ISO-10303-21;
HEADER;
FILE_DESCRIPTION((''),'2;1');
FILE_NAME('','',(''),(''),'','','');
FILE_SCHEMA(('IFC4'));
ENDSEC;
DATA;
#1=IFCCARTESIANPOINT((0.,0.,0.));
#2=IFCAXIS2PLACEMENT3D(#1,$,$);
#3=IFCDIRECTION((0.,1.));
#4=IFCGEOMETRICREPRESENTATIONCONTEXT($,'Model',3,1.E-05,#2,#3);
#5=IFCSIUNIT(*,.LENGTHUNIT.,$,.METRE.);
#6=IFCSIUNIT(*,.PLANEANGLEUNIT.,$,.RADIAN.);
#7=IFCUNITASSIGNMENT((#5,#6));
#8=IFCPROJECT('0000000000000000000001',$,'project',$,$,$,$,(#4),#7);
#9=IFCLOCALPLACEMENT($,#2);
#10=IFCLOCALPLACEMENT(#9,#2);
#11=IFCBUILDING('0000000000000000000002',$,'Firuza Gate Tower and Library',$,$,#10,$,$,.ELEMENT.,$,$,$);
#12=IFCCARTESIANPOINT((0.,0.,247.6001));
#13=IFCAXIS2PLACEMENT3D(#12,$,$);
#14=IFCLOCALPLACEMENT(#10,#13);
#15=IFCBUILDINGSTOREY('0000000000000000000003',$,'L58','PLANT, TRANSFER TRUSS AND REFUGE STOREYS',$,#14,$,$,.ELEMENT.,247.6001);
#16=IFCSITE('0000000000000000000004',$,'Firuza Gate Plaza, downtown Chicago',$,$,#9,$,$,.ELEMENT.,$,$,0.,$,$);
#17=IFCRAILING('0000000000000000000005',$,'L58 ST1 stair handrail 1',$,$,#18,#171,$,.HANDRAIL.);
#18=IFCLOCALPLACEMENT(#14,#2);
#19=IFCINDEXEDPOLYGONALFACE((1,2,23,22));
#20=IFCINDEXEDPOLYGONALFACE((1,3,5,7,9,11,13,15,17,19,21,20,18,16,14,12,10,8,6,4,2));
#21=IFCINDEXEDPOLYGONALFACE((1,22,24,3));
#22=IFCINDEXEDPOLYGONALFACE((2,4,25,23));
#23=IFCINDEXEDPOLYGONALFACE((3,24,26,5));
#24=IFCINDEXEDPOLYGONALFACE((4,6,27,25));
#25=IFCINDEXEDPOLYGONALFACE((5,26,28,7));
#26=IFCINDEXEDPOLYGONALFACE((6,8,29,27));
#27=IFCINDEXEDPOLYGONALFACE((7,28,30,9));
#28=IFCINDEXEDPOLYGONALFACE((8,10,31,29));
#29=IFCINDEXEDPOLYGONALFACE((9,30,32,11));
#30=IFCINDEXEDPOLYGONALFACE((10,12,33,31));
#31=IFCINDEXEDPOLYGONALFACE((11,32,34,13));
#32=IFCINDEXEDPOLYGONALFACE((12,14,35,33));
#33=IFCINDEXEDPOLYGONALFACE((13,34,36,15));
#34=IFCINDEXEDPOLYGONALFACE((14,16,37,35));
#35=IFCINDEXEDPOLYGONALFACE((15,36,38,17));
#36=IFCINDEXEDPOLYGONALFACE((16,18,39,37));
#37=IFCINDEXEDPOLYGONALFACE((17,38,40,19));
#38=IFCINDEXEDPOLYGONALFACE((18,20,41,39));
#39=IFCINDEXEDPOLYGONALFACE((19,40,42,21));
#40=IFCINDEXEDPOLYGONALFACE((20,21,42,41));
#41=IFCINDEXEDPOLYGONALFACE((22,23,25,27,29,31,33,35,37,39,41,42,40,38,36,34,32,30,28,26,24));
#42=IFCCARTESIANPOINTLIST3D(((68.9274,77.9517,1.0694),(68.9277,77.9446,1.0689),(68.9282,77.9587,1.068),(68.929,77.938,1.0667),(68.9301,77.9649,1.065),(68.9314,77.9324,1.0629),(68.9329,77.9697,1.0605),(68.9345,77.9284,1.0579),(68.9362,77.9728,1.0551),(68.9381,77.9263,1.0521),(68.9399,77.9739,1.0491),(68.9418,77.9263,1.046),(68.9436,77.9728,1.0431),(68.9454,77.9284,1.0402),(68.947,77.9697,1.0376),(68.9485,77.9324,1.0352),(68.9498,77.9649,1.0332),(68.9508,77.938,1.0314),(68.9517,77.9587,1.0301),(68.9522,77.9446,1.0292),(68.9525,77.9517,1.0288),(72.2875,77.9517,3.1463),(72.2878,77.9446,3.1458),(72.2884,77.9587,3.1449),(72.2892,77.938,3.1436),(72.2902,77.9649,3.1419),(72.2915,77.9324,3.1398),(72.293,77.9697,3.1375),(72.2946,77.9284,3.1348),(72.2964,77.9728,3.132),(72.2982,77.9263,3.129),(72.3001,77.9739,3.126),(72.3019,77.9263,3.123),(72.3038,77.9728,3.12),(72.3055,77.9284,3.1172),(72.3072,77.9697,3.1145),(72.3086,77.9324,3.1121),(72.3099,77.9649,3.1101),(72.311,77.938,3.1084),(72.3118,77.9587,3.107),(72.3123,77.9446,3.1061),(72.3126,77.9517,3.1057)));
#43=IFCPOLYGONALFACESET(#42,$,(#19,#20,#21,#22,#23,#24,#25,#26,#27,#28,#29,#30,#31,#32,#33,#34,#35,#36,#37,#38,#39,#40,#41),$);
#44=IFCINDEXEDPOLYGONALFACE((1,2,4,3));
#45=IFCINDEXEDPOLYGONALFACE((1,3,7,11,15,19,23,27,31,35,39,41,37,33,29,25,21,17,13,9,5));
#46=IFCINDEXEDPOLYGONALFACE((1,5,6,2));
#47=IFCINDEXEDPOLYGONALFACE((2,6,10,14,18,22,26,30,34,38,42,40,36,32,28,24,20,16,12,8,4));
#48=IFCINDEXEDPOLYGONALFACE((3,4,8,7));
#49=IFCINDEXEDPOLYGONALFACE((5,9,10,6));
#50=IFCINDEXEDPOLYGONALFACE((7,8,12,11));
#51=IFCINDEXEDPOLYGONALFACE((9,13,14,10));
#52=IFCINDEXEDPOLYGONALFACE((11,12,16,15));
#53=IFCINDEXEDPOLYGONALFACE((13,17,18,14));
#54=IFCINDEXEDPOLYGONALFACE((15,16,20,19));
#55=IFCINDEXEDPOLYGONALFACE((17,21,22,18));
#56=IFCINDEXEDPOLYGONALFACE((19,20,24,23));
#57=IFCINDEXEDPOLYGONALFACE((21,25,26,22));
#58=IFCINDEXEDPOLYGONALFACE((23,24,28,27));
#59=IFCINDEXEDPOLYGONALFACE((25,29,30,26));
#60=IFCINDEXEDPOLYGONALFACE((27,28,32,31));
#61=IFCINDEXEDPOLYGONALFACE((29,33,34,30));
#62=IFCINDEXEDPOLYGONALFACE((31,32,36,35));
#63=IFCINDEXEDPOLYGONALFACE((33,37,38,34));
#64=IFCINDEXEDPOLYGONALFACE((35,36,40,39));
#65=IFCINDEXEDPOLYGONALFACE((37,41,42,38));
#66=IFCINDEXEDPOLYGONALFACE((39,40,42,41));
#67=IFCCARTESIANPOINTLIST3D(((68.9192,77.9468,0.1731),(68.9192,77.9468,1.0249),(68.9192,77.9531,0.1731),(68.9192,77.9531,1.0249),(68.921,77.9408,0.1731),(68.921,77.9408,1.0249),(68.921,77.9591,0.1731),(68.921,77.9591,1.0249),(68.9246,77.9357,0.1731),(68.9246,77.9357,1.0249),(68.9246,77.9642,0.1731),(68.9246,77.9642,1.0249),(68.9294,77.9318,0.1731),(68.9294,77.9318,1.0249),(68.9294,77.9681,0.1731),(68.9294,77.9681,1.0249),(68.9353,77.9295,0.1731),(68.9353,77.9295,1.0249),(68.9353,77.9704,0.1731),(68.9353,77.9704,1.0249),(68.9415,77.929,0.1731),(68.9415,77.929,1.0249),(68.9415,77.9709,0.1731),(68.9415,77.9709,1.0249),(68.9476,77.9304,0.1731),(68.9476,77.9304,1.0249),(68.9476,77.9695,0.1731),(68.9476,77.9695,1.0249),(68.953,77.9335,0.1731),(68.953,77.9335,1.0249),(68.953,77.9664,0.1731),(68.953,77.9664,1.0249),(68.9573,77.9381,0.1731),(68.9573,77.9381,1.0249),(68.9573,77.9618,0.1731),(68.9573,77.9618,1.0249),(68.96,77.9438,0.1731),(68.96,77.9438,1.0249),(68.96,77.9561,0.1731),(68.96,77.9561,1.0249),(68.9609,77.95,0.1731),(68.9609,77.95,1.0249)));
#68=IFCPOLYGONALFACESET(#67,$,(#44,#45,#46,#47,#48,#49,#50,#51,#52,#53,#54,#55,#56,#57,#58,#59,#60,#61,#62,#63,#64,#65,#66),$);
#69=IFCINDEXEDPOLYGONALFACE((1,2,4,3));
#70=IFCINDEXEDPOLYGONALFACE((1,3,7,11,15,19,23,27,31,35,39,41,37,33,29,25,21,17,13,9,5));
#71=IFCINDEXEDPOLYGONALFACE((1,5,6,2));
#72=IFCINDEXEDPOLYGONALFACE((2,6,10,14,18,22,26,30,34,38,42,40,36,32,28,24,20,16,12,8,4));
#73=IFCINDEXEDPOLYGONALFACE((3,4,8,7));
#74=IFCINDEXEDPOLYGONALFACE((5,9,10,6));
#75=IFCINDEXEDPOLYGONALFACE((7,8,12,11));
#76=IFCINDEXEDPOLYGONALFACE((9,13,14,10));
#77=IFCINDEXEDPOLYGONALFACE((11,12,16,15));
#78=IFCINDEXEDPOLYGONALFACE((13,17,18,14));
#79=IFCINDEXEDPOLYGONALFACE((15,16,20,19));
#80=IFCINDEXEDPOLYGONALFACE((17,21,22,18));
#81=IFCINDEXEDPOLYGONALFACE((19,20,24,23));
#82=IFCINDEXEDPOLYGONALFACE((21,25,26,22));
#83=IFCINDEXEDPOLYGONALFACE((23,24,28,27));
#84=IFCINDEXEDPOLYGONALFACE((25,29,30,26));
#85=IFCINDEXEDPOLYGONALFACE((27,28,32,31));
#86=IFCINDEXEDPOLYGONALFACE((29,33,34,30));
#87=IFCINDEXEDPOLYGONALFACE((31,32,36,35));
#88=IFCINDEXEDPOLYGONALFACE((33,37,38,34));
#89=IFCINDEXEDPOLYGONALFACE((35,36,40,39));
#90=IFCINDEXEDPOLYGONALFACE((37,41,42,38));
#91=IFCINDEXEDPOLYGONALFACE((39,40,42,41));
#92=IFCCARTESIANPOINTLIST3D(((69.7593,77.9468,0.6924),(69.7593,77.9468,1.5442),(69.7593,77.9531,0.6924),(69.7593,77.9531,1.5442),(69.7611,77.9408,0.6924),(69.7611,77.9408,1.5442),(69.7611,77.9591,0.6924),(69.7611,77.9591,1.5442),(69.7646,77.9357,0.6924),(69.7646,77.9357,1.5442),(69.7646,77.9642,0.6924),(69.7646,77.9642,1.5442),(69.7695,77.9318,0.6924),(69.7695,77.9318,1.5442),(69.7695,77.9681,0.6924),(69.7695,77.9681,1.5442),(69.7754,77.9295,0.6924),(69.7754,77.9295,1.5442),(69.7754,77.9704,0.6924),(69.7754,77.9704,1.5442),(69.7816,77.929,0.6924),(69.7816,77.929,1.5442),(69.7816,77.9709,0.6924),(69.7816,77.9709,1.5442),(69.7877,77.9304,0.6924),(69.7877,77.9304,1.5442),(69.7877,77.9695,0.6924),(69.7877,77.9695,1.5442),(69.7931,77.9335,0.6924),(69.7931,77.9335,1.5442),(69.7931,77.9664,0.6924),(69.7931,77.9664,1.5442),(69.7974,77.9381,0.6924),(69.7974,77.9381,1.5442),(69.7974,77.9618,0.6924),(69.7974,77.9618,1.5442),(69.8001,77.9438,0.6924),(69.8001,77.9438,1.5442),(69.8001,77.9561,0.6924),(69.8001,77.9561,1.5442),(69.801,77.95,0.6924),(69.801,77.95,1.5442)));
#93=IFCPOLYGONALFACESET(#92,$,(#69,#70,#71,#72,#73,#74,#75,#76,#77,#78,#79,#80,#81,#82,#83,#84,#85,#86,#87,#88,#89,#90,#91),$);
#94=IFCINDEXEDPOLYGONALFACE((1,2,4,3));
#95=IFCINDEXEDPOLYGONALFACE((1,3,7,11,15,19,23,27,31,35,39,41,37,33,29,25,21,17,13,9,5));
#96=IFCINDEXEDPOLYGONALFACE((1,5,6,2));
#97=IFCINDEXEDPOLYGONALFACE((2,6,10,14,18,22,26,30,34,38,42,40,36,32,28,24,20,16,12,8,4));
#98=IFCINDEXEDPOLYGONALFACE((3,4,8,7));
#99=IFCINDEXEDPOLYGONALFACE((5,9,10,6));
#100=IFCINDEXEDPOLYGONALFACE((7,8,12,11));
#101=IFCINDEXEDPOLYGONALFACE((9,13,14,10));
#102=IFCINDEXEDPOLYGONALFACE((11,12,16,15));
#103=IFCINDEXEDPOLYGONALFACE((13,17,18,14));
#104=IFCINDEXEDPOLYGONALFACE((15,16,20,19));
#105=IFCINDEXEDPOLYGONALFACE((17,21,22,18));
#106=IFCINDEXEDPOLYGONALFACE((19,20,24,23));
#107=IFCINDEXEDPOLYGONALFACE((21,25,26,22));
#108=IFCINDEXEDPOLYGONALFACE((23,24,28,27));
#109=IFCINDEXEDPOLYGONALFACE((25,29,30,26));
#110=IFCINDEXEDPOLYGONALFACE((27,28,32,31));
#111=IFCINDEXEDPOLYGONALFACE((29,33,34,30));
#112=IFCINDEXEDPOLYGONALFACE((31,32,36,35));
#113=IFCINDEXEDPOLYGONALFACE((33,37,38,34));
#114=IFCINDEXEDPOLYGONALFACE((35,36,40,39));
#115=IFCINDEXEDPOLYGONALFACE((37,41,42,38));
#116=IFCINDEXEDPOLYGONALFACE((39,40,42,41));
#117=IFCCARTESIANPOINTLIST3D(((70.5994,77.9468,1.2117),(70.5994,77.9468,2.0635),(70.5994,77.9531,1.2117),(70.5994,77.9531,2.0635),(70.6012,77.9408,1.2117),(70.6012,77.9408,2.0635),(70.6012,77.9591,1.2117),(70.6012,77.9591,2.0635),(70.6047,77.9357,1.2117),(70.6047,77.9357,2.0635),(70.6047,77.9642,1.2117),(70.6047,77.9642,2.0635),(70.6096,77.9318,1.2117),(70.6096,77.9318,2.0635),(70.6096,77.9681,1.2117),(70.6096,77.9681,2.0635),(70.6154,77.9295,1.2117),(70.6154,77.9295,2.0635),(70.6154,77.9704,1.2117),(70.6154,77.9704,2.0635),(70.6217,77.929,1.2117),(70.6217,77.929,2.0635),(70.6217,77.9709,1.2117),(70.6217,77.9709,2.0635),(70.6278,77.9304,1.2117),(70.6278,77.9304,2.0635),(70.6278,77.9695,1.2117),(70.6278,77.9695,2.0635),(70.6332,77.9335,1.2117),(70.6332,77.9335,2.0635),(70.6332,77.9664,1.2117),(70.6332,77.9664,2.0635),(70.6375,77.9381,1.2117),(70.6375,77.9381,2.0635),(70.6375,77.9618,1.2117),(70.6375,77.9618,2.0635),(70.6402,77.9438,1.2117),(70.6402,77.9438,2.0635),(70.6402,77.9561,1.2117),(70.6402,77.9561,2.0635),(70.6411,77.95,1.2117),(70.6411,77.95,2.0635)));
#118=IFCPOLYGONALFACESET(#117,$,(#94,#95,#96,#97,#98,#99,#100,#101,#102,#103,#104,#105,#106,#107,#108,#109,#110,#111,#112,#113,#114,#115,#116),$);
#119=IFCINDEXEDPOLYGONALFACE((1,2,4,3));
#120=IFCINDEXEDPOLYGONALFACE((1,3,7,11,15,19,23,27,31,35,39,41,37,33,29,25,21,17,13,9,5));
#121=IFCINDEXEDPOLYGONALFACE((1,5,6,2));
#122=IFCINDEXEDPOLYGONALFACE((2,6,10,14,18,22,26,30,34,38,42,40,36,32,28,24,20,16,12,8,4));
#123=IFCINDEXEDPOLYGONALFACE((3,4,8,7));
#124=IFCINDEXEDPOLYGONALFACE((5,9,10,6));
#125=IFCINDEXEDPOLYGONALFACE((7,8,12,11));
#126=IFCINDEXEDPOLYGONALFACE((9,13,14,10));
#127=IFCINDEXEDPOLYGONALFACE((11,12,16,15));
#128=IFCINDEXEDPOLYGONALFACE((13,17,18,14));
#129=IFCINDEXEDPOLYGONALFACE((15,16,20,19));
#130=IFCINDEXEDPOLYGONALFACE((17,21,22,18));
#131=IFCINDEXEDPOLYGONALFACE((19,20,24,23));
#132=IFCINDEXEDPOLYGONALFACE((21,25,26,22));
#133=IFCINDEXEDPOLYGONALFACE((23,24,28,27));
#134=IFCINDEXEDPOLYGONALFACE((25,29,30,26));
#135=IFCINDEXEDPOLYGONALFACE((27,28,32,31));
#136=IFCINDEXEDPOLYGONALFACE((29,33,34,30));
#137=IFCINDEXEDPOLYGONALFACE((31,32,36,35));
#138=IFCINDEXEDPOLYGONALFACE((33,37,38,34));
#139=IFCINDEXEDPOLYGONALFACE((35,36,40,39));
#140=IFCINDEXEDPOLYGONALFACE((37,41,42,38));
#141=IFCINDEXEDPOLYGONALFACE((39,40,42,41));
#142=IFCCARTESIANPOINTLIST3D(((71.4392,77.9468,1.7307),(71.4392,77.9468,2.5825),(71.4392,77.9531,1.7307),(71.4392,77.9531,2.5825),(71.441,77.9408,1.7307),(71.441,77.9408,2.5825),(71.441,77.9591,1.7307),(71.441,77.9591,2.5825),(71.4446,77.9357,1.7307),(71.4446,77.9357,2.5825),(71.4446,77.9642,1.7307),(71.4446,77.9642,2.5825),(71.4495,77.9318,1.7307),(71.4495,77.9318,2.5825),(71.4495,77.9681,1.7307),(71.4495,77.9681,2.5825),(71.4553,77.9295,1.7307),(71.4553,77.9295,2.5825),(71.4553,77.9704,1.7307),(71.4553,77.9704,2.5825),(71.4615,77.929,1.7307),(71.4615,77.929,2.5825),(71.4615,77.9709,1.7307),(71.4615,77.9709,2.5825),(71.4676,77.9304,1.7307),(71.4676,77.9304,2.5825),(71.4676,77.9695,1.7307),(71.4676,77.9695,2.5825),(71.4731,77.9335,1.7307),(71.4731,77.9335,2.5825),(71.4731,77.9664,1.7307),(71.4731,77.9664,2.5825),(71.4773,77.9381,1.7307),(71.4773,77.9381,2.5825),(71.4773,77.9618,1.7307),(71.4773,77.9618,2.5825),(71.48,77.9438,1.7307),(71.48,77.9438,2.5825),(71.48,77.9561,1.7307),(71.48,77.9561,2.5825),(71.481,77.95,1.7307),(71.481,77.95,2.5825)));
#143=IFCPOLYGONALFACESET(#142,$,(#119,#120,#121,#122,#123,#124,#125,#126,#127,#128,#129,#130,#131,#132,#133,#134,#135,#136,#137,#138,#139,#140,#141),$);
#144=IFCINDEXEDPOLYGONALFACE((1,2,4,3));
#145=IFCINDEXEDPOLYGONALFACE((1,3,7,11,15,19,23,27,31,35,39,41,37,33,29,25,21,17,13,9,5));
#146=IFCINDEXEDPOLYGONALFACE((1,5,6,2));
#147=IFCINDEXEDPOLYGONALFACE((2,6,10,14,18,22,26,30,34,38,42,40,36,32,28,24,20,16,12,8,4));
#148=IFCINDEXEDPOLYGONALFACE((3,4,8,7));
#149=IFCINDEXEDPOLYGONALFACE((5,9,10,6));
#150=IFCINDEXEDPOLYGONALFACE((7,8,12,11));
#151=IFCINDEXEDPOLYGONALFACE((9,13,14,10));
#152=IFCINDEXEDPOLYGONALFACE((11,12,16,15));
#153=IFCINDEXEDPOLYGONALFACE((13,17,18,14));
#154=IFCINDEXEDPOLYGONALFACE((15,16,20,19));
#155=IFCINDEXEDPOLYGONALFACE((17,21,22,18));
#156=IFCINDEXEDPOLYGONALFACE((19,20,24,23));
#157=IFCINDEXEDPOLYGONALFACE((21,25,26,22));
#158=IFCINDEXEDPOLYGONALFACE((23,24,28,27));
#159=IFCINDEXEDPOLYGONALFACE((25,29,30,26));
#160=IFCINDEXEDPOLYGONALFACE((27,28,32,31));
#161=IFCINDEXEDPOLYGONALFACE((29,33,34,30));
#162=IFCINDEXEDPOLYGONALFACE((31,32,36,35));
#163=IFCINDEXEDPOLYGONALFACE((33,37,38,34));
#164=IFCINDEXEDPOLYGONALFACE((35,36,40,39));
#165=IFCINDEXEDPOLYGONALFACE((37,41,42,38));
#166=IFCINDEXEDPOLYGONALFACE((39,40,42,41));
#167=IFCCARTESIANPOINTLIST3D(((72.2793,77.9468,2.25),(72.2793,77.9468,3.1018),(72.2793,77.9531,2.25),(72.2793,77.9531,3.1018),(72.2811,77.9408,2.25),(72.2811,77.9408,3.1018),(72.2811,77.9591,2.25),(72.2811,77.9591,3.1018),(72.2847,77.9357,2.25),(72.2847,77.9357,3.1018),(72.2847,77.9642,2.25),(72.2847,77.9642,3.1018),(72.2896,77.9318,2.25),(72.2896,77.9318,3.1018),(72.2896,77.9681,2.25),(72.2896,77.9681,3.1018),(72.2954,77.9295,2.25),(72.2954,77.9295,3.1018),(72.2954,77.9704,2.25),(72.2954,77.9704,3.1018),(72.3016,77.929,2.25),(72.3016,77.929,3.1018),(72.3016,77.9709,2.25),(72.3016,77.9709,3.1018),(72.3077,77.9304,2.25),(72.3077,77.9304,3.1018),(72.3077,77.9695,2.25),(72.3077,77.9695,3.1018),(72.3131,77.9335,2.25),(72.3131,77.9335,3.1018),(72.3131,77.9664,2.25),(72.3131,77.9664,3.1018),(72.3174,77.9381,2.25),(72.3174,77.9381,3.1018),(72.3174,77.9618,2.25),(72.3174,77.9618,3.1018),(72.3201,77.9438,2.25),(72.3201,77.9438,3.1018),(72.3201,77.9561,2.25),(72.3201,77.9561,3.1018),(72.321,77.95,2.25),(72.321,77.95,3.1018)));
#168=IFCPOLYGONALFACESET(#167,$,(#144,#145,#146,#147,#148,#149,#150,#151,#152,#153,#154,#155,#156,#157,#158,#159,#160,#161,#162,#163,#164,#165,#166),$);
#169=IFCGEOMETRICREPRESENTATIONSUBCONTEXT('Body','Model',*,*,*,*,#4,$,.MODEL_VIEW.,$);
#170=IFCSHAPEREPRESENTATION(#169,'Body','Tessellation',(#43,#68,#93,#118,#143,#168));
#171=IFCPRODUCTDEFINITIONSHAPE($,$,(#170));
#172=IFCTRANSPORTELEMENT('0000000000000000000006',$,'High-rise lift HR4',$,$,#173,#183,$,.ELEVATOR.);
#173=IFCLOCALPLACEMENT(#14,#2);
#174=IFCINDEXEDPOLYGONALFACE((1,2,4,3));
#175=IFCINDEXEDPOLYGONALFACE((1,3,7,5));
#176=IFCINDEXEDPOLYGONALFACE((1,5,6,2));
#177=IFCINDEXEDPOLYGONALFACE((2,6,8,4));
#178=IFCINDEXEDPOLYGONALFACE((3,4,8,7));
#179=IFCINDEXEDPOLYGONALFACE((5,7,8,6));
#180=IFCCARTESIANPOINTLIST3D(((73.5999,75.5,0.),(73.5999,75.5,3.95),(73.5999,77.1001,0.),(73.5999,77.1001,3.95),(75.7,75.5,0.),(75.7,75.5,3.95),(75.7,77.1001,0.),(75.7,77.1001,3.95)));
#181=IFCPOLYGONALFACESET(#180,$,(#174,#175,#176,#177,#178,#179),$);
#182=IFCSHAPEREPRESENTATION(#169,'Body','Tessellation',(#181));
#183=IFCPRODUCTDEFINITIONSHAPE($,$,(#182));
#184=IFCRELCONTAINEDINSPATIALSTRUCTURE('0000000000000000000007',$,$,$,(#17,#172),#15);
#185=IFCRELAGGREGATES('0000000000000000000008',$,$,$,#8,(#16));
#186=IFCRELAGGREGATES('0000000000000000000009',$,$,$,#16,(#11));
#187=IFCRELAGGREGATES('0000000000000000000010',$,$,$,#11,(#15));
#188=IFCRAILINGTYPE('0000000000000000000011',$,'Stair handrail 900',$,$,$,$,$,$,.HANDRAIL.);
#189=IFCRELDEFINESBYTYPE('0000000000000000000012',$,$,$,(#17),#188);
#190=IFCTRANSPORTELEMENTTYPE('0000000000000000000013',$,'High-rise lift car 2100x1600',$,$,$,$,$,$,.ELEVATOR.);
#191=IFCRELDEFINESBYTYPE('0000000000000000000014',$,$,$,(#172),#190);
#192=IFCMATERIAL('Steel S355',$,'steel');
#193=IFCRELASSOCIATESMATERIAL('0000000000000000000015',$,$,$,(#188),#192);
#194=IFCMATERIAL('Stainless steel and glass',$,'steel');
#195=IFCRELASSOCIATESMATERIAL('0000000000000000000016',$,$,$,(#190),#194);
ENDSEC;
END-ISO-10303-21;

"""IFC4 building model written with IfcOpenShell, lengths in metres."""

from ifc_helpers import new_model, si_unit, direction, frame, origin, origin_2d, place, context, subcontext, project, spatial, rectangle, circle, extrude, material, type_object, element, save


model = new_model("IFC4")

# Units and contexts
model_context = context("Model", 3, precision=1e-05, world=origin(), true_north=direction((0.0, 1.0)))
body_context = subcontext(model_context, "Body", "Model", "MODEL_VIEW")
ifc_project = project(units=[si_unit("LENGTHUNIT", "METRE"), si_unit("PLANEANGLEUNIT", "RADIAN")], contexts=[model_context])

# Site, building, storey
site_placement = place(None, origin())
site = spatial("IfcSite", under=ifc_project, at=site_placement, Name="Firuza Gate Plaza, downtown Chicago", CompositionType="ELEMENT", RefElevation=0.0)
building_placement = place(site_placement, origin())
building = spatial("IfcBuilding", under=site, at=building_placement, Name="Firuza Gate Tower and Library", CompositionType="ELEMENT")
storey_placement = place(building_placement, frame((0.0, 0.0, 247.6001)))
storey = spatial("IfcBuildingStorey", under=building, at=storey_placement, Name="L58", Description="PLANT, TRANSFER TRUSS AND REFUGE STOREYS", CompositionType="ELEMENT", Elevation=247.6001)

# Railing
ifc_material_1 = material(Name="Steel S355", Category="steel")
railing_type = type_object("IfcRailingType", Name="Stair handrail 900", PredefinedType="HANDRAIL", material=ifc_material_1)
railing_placement = place(storey_placement, frame((68.9399, 77.95, 0.1731)))
element("IfcRailing", 1, at=railing_placement, inside=storey, type_object=railing_type, Name="L58 ST1 stair handrail 1", PredefinedType="HANDRAIL", context=body_context, shape_type="SweptSolid", body=[
    extrude(circle(Radius=0.0239, at=origin_2d()), frame((0.0, 0.0, 0.876), z_axis=(0.850623, 0.0, 0.525776), x_axis=(0.0, 1.0, 0.0)), (0.0, 0.0, 1.0), 3.9502),
    extrude(circle(Radius=0.021, at=origin_2d()), origin(), (0.0, 0.0, 1.0), 0.8518),
    extrude(circle(Radius=0.021, at=origin_2d()), frame((0.8401, 0.0, 0.5193)), (0.0, 0.0, 1.0), 0.8518),
    extrude(circle(Radius=0.021, at=origin_2d()), frame((1.6802, 0.0, 1.0386)), (0.0, 0.0, 1.0), 0.8518),
    extrude(circle(Radius=0.021, at=origin_2d()), frame((2.52, 0.0, 1.5576)), (0.0, 0.0, 1.0), 0.8518),
    extrude(circle(Radius=0.021, at=origin_2d()), frame((3.3601, 0.0, 2.0769)), (0.0, 0.0, 1.0), 0.8518),
])

# Transport element
ifc_material_2 = material(Name="Stainless steel and glass", Category="steel")
transport_element_type = type_object("IfcTransportElementType", Name="High-rise lift car 2100x1600", PredefinedType="ELEVATOR", material=ifc_material_2)
transport_element_placement = place(storey_placement, frame((74.6499, 76.3, 0.0), z_axis=(0.0, 0.0, 1.0), x_axis=(1.0, 0.0, 0.0)))
element("IfcTransportElement", 2, at=transport_element_placement, inside=storey, type_object=transport_element_type, Name="High-rise lift HR4", PredefinedType="ELEVATOR", context=body_context, shape_type="SweptSolid", body=[
    extrude(rectangle(XDim=2.1001, YDim=1.6001, at=origin_2d()), origin(), (0.0, 0.0, 1.0), 3.95),
])

save(model, "model.ifc")
